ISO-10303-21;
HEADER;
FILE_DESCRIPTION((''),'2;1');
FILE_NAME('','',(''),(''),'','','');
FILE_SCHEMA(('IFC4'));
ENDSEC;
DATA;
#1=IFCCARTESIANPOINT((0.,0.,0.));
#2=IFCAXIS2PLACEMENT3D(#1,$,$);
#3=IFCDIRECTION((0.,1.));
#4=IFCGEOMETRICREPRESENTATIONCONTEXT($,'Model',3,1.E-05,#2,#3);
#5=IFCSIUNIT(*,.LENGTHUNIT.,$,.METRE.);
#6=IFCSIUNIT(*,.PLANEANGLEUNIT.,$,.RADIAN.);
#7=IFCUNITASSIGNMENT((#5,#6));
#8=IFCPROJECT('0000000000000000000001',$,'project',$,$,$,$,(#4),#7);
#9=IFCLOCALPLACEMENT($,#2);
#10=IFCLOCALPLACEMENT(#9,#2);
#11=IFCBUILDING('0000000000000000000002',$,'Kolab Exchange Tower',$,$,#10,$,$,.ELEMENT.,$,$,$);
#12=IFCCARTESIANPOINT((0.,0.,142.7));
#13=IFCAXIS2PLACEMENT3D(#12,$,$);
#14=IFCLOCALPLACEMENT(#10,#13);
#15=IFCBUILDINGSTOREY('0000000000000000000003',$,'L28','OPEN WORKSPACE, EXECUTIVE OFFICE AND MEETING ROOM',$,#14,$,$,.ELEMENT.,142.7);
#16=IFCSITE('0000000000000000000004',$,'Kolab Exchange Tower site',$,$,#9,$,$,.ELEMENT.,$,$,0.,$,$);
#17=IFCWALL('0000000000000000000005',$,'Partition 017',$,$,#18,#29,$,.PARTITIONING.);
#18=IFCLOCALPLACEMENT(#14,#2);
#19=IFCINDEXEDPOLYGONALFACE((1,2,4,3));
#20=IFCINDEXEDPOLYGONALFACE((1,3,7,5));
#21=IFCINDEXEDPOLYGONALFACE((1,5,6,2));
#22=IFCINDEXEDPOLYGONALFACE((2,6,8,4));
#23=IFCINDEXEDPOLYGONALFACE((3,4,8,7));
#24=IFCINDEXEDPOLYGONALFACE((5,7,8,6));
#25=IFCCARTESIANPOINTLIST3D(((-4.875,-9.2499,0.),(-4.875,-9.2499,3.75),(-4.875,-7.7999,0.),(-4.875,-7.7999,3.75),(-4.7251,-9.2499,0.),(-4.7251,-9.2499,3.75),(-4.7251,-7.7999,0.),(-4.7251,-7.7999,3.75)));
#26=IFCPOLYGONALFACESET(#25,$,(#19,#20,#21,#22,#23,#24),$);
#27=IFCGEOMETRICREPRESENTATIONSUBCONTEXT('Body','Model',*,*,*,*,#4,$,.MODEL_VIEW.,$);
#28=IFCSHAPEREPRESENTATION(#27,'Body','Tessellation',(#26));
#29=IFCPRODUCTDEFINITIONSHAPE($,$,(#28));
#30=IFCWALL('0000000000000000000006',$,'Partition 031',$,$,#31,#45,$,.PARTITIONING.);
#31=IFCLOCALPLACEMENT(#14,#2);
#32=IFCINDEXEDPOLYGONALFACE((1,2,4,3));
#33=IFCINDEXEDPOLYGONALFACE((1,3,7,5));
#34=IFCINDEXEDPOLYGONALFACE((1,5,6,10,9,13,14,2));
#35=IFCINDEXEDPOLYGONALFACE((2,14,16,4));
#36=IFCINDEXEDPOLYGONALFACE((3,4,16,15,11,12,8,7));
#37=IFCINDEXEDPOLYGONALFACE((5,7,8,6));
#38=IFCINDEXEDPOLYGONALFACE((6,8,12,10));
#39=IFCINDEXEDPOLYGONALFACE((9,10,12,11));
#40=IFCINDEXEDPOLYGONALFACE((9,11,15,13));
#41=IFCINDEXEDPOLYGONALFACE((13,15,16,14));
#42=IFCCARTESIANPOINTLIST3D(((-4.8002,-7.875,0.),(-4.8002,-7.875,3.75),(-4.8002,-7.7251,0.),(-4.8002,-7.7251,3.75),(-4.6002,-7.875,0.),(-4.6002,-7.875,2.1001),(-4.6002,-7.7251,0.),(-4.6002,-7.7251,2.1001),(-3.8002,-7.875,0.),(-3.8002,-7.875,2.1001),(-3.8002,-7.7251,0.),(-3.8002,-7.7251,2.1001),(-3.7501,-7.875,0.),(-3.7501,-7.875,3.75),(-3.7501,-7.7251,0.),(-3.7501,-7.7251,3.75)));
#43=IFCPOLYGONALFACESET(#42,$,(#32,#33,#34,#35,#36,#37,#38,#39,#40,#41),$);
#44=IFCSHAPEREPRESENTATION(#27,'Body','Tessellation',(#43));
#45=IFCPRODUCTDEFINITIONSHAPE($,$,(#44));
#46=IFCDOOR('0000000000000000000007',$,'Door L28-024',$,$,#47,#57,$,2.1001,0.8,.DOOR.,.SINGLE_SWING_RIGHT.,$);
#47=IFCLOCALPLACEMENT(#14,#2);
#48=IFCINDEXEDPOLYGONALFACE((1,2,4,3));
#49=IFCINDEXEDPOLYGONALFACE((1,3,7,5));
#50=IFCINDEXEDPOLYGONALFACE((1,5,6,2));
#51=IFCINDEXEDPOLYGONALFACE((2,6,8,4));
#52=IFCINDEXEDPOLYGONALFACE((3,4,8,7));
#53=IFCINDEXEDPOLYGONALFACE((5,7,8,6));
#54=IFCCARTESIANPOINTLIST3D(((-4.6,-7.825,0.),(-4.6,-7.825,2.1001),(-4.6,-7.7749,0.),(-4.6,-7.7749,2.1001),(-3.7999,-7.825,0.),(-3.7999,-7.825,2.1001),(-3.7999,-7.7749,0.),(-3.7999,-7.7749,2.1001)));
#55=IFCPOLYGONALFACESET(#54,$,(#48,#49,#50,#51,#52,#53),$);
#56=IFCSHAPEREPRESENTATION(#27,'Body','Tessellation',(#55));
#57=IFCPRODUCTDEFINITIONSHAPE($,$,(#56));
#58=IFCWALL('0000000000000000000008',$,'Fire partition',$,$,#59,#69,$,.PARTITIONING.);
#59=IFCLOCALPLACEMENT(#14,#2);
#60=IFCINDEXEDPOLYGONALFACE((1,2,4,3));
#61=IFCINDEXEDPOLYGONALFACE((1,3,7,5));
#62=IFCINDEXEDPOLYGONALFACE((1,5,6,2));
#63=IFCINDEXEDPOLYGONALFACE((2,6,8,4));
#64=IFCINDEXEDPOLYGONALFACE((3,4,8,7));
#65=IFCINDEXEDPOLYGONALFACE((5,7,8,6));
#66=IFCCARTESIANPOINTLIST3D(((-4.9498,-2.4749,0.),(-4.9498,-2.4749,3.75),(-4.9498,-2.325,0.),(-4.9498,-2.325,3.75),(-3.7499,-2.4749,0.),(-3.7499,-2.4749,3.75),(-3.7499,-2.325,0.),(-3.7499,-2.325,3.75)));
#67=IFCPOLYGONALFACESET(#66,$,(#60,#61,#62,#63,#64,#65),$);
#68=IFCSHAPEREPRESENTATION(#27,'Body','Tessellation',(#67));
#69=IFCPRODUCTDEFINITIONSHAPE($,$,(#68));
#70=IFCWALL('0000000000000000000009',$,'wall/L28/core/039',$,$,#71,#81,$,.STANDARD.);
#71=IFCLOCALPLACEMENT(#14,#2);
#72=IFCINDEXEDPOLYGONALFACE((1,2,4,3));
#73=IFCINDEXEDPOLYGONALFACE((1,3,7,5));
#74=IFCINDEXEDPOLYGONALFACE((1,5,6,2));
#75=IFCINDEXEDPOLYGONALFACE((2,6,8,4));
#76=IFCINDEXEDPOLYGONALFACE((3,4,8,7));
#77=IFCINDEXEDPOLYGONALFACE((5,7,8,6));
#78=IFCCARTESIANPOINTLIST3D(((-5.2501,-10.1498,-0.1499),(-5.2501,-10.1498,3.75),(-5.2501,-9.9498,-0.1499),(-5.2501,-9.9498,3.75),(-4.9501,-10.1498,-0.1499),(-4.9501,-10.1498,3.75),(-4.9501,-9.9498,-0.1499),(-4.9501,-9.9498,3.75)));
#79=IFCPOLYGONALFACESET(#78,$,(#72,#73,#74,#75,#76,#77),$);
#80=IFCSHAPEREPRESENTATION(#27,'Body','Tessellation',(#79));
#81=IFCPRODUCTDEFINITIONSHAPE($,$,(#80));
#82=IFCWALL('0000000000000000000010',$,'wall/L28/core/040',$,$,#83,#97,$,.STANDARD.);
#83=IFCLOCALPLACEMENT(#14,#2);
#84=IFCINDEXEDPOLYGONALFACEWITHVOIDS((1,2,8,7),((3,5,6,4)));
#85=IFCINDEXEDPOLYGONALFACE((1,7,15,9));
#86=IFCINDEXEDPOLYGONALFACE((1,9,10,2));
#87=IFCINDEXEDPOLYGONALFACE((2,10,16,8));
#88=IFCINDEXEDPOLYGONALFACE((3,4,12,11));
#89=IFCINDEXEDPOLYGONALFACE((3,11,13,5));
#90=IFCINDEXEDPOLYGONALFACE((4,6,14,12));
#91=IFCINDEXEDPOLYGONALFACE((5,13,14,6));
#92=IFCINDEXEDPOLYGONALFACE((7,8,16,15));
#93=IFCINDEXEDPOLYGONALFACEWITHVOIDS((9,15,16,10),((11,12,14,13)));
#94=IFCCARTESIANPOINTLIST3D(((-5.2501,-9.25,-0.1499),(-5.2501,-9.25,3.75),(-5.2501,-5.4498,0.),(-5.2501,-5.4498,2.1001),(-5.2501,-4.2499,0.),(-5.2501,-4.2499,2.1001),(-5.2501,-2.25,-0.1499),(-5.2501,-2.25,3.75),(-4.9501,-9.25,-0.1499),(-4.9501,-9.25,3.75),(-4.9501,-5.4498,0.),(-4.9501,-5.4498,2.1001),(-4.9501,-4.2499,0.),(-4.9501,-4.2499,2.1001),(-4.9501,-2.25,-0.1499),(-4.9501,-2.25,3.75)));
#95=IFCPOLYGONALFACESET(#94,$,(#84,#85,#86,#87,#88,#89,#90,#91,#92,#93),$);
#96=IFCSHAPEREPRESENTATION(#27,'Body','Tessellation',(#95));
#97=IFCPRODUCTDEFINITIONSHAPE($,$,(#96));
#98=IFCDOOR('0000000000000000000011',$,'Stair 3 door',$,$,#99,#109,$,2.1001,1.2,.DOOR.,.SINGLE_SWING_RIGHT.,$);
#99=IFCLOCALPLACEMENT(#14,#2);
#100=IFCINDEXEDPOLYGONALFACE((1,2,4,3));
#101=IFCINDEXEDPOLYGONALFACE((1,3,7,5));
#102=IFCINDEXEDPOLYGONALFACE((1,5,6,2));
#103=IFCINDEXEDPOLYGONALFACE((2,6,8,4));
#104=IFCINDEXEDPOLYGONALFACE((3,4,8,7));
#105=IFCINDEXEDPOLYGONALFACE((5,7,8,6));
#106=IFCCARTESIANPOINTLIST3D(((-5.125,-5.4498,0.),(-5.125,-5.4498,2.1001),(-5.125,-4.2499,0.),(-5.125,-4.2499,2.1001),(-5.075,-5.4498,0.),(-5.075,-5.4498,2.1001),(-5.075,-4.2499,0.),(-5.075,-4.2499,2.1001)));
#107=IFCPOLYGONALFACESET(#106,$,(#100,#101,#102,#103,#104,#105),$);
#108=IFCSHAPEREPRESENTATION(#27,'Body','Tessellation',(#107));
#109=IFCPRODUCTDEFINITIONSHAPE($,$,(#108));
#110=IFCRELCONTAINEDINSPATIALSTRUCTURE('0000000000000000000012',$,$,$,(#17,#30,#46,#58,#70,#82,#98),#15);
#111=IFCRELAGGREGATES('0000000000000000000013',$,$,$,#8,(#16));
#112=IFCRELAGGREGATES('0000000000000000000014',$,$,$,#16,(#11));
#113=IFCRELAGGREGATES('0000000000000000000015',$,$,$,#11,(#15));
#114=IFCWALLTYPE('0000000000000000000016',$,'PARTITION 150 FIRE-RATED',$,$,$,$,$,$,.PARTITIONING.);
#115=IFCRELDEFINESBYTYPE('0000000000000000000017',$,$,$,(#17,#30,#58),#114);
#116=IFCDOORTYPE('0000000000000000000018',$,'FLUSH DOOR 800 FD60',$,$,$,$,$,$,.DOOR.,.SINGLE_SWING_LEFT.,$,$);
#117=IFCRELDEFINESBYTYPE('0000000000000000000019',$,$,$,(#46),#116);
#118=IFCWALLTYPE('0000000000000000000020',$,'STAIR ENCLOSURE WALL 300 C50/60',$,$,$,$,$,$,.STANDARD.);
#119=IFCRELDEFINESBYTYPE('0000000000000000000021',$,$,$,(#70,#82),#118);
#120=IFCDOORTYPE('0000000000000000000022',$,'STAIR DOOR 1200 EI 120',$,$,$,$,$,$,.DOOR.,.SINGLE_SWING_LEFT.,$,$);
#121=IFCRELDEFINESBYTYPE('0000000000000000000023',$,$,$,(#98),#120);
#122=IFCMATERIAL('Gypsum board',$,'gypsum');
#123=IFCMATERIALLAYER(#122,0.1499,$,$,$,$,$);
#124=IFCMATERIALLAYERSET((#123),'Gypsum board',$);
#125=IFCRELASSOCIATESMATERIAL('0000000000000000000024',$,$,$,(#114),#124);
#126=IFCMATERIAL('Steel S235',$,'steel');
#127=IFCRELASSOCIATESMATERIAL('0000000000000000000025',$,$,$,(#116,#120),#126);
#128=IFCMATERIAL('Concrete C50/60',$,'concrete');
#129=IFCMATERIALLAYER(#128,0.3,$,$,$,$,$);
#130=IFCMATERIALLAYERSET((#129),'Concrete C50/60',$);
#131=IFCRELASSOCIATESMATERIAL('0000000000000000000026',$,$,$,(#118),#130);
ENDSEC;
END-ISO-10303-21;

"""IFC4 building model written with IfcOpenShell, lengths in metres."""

from ifc_helpers import new_model, si_unit, direction, frame, frame_2d, origin, place, context, subcontext, project, spatial, rectangle, extrude, material, layer, layer_set, type_object, element, fill, save


model = new_model("IFC4")

# Units and contexts
model_context = context("Model", 3, precision=1e-05, world=origin(), true_north=direction((0.0, 1.0)))
body_context = subcontext(model_context, "Body", "Model", "MODEL_VIEW")
ifc_project = project(units=[si_unit("LENGTHUNIT", "METRE"), si_unit("PLANEANGLEUNIT", "RADIAN")], contexts=[model_context])

# Site, building, storey
site_placement = place(None, origin())
site = spatial("IfcSite", under=ifc_project, at=site_placement, Name="Kolab Exchange Tower site", CompositionType="ELEMENT", RefElevation=0.0)
building_placement = place(site_placement, origin())
building = spatial("IfcBuilding", under=site, at=building_placement, Name="Kolab Exchange Tower", CompositionType="ELEMENT")
storey_placement = place(building_placement, frame((0.0, 0.0, 142.7)))
storey = spatial("IfcBuildingStorey", under=building, at=storey_placement, Name="L28", Description="OPEN WORKSPACE, EXECUTIVE OFFICE AND MEETING ROOM", CompositionType="ELEMENT", Elevation=142.7)

# Shared definitions
ifc_material_1 = material(Name="Concrete C50/60", Category="concrete")

# Wall
ifc_material_2 = material(Name="Gypsum board", Category="gypsum")
ifc_layer_1 = layer(ifc_material_2, 0.1499)
ifc_layer_set_1 = layer_set([ifc_layer_1], Name="Gypsum board")
wall_type_1 = type_object("IfcWallType", Name="PARTITION 150 FIRE-RATED", PredefinedType="PARTITIONING", material=ifc_layer_set_1)
wall_1_placement = place(storey_placement, frame((-4.8, -9.25, 0.0), z_axis=(0.0, 0.0, 1.0), x_axis=(0.0, 1.0, 0.0)))
element("IfcWall", 1, at=wall_1_placement, inside=storey, type_object=wall_type_1, Name="Partition 017", PredefinedType="PARTITIONING", context=body_context, shape_type="SweptSolid", body=[
    extrude(rectangle(XDim=1.45, YDim=0.1499, at=frame_2d((0.7251, 0.0))), origin(), (0.0, 0.0, 1.0), 3.75),
])

# Wall, opening, door
wall_2_placement = place(storey_placement, frame((-4.8, -7.8, 0.0), z_axis=(0.0, 0.0, 1.0), x_axis=(1.0, 0.0, 0.0)))
wall_2 = element("IfcWall", 2, at=wall_2_placement, inside=storey, type_object=wall_type_1, Name="Partition 031", PredefinedType="PARTITIONING", context=body_context, shape_type="SweptSolid", body=[
    extrude(rectangle(XDim=1.05, YDim=0.1499, at=frame_2d((0.5249, 0.0))), origin(), (0.0, 0.0, 1.0), 3.75),
])
opening_1_placement = place(wall_2_placement, frame((0.2, 0.0, 0.0)))
opening_1 = element("IfcOpeningElement", 3, at=opening_1_placement, cuts=wall_2, PredefinedType="OPENING", context=body_context, shape_type="SweptSolid", body=[
    extrude(rectangle(XDim=0.8, YDim=2.1001, at=frame_2d((0.3999, 1.05))), frame((0.0, 0.085, 0.0), z_axis=(0.0, -1.0, 0.0), x_axis=(1.0, 0.0, 0.0)), (0.0, 0.0, 1.0), 0.1699),
])
ifc_material_3 = material(Name="Steel S235", Category="steel")
door_type_1 = type_object("IfcDoorType", Name="FLUSH DOOR 800 FD60", OperationType="SINGLE_SWING_LEFT", PredefinedType="DOOR", material=ifc_material_3)
door_1_placement = place(opening_1_placement, frame((0.8, 0.0, 0.0), z_axis=(0.0, 0.0, 1.0), x_axis=(-1.0, 0.0, 0.0)))
door_1 = element("IfcDoor", 4, at=door_1_placement, inside=storey, type_object=door_type_1, Name="Door L28-024", OperationType="SINGLE_SWING_RIGHT", OverallHeight=2.1001, OverallWidth=0.8, PredefinedType="DOOR", context=body_context, shape_type="SweptSolid", body=[
    extrude(rectangle(XDim=0.8, YDim=2.1001, at=frame_2d((0.3999, 1.05))), frame((0.0, 0.0249, 0.0), z_axis=(0.0, -1.0, 0.0), x_axis=(1.0, 0.0, 0.0)), (0.0, 0.0, 1.0), 0.05),
])
fill(opening_1, door_1)

# Walls
wall_3_placement = place(storey_placement, frame((-4.95, -2.3999, 0.0), z_axis=(0.0, 0.0, 1.0), x_axis=(1.0, 0.0, 0.0)))
element("IfcWall", 5, at=wall_3_placement, inside=storey, type_object=wall_type_1, Name="Fire partition", PredefinedType="PARTITIONING", context=body_context, shape_type="SweptSolid", body=[
    extrude(rectangle(XDim=1.2, YDim=0.1499, at=frame_2d((0.6001, 0.0))), origin(), (0.0, 0.0, 1.0), 3.75),
])
ifc_layer_2 = layer(ifc_material_1, 0.3)
ifc_layer_set_2 = layer_set([ifc_layer_2], Name="Concrete C50/60")
wall_type_2 = type_object("IfcWallType", Name="STAIR ENCLOSURE WALL 300 C50/60", PredefinedType="STANDARD", material=ifc_layer_set_2)
wall_4_placement = place(storey_placement, frame((-5.1001, -10.1499, -0.1499), z_axis=(0.0, 0.0, 1.0), x_axis=(0.0, 1.0, 0.0)))
element("IfcWall", 6, at=wall_4_placement, inside=storey, type_object=wall_type_2, Name="wall/L28/core/039", PredefinedType="STANDARD", context=body_context, shape_type="SweptSolid", body=[
    extrude(rectangle(XDim=0.2, YDim=0.3, at=frame_2d((0.1001, 0.0))), origin(), (0.0, 0.0, 1.0), 3.8999),
])

# Wall, opening, door
wall_5_placement = place(storey_placement, frame((-5.1001, -9.25, -0.1499), z_axis=(0.0, 0.0, 1.0), x_axis=(0.0, 1.0, 0.0)))
wall_5 = element("IfcWall", 7, at=wall_5_placement, inside=storey, type_object=wall_type_2, Name="wall/L28/core/040", PredefinedType="STANDARD", context=body_context, shape_type="SweptSolid", body=[
    extrude(rectangle(XDim=7.0, YDim=0.3, at=frame_2d((3.5, 0.0))), origin(), (0.0, 0.0, 1.0), 3.8999),
])
opening_2_placement = place(wall_5_placement, frame((3.8, 0.0, 0.1499)))
opening_2 = element("IfcOpeningElement", 8, at=opening_2_placement, cuts=wall_5, PredefinedType="OPENING", context=body_context, shape_type="SweptSolid", body=[
    extrude(rectangle(XDim=1.2, YDim=2.1001, at=frame_2d((0.6001, 1.05))), frame((0.0, 0.1602, 0.0), z_axis=(0.0, -1.0, 0.0), x_axis=(1.0, 0.0, 0.0)), (0.0, 0.0, 1.0), 0.3201),
])
door_type_2 = type_object("IfcDoorType", Name="STAIR DOOR 1200 EI 120", OperationType="SINGLE_SWING_LEFT", PredefinedType="DOOR", material=ifc_material_3)
door_2_placement = place(opening_2_placement, origin())
door_2 = element("IfcDoor", 9, at=door_2_placement, inside=storey, type_object=door_type_2, Name="Stair 3 door", OperationType="SINGLE_SWING_RIGHT", OverallHeight=2.1001, OverallWidth=1.2, PredefinedType="DOOR", context=body_context, shape_type="SweptSolid", body=[
    extrude(rectangle(XDim=1.2, YDim=2.1001, at=frame_2d((0.6001, 1.05))), frame((0.0, 0.0249, 0.0), z_axis=(0.0, -1.0, 0.0), x_axis=(1.0, 0.0, 0.0)), (0.0, 0.0, 1.0), 0.05),
])
fill(opening_2, door_2)

save(model, "model.ifc")
